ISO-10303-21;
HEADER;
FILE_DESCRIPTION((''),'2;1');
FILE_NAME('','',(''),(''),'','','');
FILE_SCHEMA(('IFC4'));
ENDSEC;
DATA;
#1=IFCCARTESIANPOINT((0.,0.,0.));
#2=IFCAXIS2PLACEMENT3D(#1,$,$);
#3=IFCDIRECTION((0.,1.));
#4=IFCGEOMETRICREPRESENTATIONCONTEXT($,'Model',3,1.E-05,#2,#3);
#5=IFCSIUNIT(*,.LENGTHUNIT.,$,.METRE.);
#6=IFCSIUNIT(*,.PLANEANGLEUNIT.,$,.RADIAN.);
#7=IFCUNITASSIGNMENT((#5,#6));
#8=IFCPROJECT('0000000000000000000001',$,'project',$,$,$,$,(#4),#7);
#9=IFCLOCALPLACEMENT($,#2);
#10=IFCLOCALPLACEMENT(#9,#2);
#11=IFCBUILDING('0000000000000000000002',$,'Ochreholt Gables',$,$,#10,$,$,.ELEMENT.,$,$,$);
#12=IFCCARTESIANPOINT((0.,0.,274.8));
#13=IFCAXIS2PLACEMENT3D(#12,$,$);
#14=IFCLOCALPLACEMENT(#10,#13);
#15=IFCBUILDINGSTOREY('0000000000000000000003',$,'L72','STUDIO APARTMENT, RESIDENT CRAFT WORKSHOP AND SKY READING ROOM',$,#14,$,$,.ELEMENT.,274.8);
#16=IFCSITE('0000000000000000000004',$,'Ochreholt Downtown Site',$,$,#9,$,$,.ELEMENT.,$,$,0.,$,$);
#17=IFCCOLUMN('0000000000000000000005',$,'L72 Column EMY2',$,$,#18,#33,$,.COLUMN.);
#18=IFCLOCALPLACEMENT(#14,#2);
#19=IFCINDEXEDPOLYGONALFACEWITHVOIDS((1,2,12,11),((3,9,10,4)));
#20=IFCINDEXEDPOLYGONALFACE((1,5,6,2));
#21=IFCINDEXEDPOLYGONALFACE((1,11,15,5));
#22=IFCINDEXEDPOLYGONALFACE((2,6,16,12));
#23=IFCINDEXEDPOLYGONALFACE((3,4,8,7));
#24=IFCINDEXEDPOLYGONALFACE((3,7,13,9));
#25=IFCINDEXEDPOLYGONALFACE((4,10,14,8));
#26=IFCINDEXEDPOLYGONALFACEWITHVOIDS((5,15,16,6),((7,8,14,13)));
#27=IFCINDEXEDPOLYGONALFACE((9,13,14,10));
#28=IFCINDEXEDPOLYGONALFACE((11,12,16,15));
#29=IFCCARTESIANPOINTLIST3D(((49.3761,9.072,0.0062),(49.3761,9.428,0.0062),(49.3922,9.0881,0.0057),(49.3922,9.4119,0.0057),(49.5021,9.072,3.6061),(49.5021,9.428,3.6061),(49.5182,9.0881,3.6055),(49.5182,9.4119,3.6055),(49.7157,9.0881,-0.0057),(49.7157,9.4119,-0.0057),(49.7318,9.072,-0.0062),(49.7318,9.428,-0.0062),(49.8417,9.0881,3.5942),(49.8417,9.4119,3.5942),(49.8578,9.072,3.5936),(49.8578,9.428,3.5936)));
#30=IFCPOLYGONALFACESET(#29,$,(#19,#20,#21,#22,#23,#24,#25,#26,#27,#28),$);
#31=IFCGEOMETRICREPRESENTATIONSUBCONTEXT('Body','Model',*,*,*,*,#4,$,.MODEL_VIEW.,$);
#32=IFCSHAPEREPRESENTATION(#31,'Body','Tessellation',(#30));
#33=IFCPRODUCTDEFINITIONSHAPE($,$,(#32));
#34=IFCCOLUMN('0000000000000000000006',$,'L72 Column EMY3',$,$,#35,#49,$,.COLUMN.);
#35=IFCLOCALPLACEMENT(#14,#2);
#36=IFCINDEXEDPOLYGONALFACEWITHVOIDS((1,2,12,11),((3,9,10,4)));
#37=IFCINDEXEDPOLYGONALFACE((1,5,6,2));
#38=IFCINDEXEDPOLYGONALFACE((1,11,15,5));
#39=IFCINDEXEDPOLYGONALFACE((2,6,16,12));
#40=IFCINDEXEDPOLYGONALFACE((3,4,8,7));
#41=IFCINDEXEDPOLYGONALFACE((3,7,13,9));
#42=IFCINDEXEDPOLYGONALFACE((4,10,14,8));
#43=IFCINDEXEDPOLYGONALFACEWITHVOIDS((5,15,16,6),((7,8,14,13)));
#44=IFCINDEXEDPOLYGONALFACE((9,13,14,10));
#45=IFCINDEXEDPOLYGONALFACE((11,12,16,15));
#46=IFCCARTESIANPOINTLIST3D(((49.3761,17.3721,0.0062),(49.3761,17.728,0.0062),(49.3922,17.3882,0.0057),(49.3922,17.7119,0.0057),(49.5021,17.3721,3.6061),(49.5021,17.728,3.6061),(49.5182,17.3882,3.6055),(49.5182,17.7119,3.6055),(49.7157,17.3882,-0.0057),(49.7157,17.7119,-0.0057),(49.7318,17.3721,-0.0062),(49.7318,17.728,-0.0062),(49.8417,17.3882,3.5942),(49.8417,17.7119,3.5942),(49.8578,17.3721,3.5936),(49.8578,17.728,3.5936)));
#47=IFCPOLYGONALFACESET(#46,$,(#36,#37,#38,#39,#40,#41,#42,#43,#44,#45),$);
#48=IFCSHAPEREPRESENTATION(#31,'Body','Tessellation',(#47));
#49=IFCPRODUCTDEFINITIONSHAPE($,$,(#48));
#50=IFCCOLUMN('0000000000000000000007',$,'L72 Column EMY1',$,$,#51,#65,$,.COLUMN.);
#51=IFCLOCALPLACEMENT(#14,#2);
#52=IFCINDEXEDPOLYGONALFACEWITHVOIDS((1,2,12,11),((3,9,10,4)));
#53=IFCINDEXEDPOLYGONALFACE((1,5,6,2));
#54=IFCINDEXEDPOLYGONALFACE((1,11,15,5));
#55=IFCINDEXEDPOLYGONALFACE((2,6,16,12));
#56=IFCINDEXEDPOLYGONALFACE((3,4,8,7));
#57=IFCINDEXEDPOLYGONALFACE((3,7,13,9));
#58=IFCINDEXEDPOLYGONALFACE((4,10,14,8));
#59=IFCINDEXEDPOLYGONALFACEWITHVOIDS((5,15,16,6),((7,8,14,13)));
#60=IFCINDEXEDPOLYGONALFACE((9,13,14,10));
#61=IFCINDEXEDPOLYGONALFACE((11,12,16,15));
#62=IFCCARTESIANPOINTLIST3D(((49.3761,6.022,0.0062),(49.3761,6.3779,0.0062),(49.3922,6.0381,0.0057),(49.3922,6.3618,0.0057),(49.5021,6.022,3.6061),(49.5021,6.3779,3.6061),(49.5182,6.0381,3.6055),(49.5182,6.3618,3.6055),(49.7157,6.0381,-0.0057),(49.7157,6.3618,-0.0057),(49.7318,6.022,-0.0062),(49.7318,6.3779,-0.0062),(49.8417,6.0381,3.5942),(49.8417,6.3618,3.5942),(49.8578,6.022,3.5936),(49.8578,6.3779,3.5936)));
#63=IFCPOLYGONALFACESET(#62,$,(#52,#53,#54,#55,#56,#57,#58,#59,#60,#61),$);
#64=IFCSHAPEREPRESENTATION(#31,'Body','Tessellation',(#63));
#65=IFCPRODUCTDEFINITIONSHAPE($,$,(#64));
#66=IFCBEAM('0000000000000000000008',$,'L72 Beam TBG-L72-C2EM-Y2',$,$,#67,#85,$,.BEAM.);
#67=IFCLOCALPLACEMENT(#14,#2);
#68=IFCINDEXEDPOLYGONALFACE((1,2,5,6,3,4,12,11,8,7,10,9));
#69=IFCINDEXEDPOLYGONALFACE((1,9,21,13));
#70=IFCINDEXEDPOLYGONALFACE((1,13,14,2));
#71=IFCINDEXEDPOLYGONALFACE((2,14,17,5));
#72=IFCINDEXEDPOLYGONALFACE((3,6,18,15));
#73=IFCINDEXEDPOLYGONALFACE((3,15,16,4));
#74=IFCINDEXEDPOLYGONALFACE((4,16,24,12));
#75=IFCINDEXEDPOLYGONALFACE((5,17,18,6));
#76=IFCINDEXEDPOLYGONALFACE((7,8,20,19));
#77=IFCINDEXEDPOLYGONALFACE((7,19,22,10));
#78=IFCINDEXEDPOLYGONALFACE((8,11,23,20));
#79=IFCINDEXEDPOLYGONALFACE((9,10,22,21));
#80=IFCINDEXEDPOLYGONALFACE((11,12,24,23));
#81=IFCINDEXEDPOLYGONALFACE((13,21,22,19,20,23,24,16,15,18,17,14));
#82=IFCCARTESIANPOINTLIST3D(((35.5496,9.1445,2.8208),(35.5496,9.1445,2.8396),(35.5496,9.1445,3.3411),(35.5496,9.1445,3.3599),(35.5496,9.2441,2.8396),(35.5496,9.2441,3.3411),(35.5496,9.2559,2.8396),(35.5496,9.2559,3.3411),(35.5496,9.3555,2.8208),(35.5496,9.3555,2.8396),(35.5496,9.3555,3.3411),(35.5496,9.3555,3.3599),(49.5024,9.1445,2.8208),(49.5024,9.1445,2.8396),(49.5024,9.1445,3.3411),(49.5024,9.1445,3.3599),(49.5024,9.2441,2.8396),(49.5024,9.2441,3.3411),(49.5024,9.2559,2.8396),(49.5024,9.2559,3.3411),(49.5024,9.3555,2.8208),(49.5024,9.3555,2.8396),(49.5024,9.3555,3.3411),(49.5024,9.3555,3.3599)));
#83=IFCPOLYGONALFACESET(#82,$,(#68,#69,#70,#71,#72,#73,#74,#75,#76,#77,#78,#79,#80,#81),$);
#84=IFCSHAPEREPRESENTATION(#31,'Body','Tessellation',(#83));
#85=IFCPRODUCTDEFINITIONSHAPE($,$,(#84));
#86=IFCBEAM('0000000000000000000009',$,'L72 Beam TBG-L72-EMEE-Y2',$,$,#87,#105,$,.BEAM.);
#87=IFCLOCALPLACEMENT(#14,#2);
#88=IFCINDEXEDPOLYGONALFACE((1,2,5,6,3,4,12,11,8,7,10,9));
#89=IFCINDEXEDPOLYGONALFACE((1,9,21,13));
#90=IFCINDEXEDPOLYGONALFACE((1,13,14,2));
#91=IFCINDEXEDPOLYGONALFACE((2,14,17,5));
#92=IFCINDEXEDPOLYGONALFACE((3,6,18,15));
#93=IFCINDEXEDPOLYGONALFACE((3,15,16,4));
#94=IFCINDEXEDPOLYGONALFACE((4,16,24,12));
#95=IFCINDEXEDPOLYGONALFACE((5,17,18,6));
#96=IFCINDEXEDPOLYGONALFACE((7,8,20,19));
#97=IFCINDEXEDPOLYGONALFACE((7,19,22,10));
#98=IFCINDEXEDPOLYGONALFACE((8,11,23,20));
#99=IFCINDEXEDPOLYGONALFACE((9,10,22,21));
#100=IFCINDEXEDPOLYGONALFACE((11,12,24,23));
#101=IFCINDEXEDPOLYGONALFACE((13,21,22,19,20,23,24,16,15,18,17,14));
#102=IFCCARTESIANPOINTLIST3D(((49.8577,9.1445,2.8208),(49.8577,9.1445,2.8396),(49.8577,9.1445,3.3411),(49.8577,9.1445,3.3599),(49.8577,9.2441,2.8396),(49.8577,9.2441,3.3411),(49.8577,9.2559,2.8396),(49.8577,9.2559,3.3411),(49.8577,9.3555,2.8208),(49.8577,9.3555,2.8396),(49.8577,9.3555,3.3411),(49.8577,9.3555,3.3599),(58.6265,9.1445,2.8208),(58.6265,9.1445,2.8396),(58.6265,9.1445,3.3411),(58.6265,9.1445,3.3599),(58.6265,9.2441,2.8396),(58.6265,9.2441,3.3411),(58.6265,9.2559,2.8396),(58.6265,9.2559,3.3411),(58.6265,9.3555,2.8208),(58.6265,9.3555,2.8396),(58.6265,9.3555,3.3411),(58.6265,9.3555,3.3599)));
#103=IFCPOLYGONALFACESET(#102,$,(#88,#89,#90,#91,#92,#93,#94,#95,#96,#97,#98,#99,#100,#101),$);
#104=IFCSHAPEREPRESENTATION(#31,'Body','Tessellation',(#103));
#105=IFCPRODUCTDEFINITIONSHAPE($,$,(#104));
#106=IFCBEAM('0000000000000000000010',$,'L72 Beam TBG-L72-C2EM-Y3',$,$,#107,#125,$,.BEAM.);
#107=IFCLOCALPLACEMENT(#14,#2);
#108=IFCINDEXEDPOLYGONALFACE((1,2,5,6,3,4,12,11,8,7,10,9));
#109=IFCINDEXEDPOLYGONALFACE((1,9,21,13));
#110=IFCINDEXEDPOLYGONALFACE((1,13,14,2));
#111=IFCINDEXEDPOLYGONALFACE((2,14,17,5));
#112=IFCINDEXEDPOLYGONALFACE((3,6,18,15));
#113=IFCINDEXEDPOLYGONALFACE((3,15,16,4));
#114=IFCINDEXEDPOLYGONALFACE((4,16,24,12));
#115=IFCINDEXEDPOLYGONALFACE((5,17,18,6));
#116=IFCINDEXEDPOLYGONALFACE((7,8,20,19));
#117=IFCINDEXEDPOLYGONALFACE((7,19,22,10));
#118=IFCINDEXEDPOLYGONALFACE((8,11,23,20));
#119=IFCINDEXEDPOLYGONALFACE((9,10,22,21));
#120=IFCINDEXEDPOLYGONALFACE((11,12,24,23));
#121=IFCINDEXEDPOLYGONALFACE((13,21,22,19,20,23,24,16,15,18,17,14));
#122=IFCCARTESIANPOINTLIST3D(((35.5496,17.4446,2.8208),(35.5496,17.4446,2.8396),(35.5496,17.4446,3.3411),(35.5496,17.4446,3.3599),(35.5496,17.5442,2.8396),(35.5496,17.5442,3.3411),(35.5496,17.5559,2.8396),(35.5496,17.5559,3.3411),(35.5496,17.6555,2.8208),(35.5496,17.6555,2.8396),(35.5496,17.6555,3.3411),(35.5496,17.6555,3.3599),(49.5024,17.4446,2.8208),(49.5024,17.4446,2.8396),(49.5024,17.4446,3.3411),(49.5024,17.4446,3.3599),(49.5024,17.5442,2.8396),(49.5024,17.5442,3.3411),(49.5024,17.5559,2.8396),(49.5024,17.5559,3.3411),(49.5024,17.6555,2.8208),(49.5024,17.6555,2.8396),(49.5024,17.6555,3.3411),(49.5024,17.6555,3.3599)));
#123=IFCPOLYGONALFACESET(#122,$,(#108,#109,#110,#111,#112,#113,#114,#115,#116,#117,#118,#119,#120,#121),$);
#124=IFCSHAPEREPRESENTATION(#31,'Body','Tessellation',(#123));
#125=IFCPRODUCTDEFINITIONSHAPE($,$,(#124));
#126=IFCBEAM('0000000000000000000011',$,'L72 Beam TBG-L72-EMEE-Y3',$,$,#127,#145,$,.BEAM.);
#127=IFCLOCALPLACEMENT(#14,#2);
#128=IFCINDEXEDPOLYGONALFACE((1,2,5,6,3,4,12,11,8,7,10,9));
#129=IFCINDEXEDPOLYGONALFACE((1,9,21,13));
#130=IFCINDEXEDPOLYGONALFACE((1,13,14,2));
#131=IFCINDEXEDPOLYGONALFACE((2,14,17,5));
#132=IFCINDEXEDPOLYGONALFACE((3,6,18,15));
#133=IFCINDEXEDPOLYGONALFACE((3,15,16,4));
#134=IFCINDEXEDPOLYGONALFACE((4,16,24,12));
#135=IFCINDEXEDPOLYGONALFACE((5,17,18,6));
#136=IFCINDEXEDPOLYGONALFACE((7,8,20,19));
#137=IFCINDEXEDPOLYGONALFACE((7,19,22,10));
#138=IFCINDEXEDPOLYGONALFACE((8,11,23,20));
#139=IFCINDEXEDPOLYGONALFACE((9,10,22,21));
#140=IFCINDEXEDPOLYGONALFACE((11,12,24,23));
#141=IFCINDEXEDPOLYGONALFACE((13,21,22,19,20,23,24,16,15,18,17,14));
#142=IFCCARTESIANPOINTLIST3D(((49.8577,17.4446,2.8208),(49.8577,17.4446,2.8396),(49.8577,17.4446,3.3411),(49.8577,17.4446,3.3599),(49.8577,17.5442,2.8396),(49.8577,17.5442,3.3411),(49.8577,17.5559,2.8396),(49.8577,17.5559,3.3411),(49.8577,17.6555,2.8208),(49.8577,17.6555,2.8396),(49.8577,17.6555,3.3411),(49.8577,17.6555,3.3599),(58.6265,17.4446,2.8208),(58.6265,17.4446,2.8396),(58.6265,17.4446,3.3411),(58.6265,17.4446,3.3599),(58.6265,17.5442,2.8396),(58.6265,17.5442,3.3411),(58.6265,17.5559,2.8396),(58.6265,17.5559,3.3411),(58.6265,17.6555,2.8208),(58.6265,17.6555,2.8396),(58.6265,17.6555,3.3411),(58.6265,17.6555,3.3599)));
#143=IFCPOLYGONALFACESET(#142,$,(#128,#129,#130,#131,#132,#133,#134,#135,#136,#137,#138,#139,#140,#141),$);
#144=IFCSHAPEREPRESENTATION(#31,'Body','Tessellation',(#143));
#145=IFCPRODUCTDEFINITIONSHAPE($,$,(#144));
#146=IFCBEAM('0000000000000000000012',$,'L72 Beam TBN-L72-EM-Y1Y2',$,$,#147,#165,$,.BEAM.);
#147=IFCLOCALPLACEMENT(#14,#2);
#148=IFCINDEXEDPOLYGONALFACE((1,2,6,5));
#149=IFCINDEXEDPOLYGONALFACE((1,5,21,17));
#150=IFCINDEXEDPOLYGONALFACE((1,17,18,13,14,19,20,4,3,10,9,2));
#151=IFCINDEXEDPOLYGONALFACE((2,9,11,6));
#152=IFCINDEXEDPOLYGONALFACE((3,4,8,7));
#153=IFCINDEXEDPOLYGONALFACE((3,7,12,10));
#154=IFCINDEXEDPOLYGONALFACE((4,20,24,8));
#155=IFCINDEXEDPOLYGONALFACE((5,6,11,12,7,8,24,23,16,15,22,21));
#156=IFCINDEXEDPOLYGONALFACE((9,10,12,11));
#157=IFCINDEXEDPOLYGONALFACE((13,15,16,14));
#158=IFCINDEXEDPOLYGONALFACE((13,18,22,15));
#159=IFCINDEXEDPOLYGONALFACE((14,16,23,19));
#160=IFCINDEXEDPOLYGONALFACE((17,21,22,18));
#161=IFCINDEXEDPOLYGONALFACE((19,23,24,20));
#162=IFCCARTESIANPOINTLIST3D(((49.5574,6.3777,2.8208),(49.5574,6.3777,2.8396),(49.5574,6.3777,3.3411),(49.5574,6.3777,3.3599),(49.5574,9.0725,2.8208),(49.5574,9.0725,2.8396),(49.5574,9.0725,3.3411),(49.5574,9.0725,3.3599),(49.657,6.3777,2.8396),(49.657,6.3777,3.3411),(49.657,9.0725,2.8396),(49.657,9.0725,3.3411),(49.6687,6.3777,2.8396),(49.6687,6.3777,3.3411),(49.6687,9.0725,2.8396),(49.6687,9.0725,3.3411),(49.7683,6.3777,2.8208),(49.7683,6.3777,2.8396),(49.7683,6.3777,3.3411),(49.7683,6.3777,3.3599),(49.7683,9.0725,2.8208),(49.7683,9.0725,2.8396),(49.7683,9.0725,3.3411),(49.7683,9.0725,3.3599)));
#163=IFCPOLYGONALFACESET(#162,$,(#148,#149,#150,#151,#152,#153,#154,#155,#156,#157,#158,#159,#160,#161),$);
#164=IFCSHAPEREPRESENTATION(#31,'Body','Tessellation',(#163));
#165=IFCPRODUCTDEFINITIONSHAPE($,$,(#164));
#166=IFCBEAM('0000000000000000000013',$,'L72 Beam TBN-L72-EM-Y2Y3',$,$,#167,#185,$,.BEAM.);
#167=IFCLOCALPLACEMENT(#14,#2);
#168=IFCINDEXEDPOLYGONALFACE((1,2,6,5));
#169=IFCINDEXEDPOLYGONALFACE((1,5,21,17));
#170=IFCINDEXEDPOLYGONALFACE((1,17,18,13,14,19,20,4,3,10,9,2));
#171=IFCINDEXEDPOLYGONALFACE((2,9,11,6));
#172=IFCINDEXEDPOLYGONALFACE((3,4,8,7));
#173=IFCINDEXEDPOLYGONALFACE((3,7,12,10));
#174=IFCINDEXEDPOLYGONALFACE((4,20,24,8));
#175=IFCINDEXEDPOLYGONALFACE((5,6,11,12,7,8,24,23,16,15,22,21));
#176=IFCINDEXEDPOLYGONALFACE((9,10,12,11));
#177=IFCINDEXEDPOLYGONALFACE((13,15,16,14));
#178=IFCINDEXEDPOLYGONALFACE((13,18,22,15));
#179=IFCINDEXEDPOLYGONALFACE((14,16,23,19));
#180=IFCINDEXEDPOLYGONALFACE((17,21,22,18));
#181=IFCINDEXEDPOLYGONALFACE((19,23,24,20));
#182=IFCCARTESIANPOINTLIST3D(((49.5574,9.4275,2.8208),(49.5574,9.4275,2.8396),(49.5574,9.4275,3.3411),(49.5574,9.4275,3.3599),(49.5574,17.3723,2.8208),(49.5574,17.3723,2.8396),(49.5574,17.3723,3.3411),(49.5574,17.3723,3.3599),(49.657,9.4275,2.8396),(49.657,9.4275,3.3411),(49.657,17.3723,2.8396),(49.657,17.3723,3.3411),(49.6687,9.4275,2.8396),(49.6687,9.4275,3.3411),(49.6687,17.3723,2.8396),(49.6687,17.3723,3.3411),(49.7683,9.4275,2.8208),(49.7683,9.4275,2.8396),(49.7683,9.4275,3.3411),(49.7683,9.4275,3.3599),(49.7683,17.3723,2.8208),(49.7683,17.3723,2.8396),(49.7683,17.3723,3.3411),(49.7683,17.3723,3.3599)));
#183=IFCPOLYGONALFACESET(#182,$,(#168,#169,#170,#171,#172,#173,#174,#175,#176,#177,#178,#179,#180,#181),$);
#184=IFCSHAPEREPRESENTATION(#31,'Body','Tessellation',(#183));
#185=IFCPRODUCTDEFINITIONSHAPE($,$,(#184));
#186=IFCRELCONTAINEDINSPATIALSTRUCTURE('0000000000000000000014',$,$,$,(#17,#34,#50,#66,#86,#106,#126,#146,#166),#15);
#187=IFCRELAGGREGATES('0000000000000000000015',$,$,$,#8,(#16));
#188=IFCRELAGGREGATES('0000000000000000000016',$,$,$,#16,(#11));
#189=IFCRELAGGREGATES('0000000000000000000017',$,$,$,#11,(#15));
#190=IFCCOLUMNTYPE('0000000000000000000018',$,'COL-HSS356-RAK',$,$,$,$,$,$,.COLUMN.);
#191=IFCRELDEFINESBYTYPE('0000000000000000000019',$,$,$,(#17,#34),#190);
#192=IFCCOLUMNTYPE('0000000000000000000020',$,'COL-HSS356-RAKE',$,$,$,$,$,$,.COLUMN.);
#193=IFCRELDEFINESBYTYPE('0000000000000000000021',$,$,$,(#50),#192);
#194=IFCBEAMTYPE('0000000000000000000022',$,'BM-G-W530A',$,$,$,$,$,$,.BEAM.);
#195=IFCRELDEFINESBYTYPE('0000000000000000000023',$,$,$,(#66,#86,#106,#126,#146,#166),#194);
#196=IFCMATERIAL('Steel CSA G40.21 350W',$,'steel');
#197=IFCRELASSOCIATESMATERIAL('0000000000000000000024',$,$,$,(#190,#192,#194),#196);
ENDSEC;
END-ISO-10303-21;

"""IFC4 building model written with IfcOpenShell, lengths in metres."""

from ifc_helpers import new_model, si_unit, direction, frame, origin, origin_2d, place, context, subcontext, project, spatial, hollow_rectangle, i_section, extrude, material, material_profile, profile_set, type_object, element, save


model = new_model("IFC4")

# Units and contexts
model_context = context("Model", 3, precision=1e-05, world=origin(), true_north=direction((0.0, 1.0)))
body_context = subcontext(model_context, "Body", "Model", "MODEL_VIEW")
ifc_project = project(units=[si_unit("LENGTHUNIT", "METRE"), si_unit("PLANEANGLEUNIT", "RADIAN")], contexts=[model_context])

# Site, building, storey
site_placement = place(None, origin())
site = spatial("IfcSite", under=ifc_project, at=site_placement, Name="Ochreholt Downtown Site", CompositionType="ELEMENT", RefElevation=0.0)
building_placement = place(site_placement, origin())
building = spatial("IfcBuilding", under=site, at=building_placement, Name="Ochreholt Gables", CompositionType="ELEMENT")
storey_placement = place(building_placement, frame((0.0, 0.0, 274.8)))
storey = spatial("IfcBuildingStorey", under=building, at=storey_placement, Name="L72", Description="STUDIO APARTMENT, RESIDENT CRAFT WORKSHOP AND SKY READING ROOM", CompositionType="ELEMENT", Elevation=274.8)

# Columns
ifc_material_1 = material(Name="Steel CSA G40.21 350W", Category="steel")
ifc_material_profile_1 = material_profile(ifc_material_1, hollow_rectangle(XDim=0.356, YDim=0.356, WallThickness=0.0161, at=origin_2d()), Name="HSS356X356X16")
ifc_profile_set_1 = profile_set([ifc_material_profile_1], Name="Steel CSA G40.21 350W")
column_type_1 = type_object("IfcColumnType", Name="COL-HSS356-RAK", PredefinedType="COLUMN", material=ifc_profile_set_1)
for number, where, z_axis, x_axis, name in (
    (1, (49.554, 9.25, 0.0), (0.034974, 0.0, 0.999388), (0.0, 1.0, 0.0), "L72 Column EMY2"),
    (2, (49.554, 17.55, 0.0), (0.034974, 0.0, 0.999388), (0.0, 1.0, 0.0), "L72 Column EMY3"),
):
    element("IfcColumn", number, at=place(storey_placement, frame(where, z_axis=z_axis, x_axis=x_axis)), inside=storey, type_object=column_type_1, Name=name, PredefinedType="COLUMN", context=body_context, shape_type="SweptSolid", body=[
        extrude(hollow_rectangle(XDim=0.356, YDim=0.356, WallThickness=0.0161, at=origin_2d()), origin(), (0.0, 0.0, 1.0), 3.6021),
    ])
ifc_material_profile_2 = material_profile(ifc_material_1, hollow_rectangle(XDim=0.356, YDim=0.356, WallThickness=0.0161, at=origin_2d()), Name="HSS356X356X16")
ifc_profile_set_2 = profile_set([ifc_material_profile_2], Name="Steel CSA G40.21 350W")
column_type_2 = type_object("IfcColumnType", Name="COL-HSS356-RAKE", PredefinedType="COLUMN", material=ifc_profile_set_2)
column_placement = place(storey_placement, frame((49.554, 6.2, 0.0), z_axis=(0.034974, 0.0, 0.999388), x_axis=(0.0, 1.0, 0.0)))
element("IfcColumn", 3, at=column_placement, inside=storey, type_object=column_type_2, Name="L72 Column EMY1", PredefinedType="COLUMN", context=body_context, shape_type="SweptSolid", body=[
    extrude(hollow_rectangle(XDim=0.356, YDim=0.356, WallThickness=0.0161, at=origin_2d()), origin(), (0.0, 0.0, 1.0), 3.6021),
])

# Beams
ifc_material_profile_3 = material_profile(ifc_material_1, i_section(OverallWidth=0.2109, OverallDepth=0.5391, WebThickness=0.0117, FlangeThickness=0.0188, at=origin_2d()), Name="W530X109")
ifc_profile_set_3 = profile_set([ifc_material_profile_3], Name="Steel CSA G40.21 350W")
beam_type_1 = type_object("IfcBeamType", Name="BM-G-W530A", PredefinedType="BEAM", material=ifc_profile_set_3)
beam_1_placement = place(storey_placement, frame((35.5496, 9.25, 3.0903), z_axis=(1.0, 0.0, 0.0), x_axis=(0.0, 1.0, 0.0)))
element("IfcBeam", 4, at=beam_1_placement, inside=storey, type_object=beam_type_1, Name="L72 Beam TBG-L72-C2EM-Y2", PredefinedType="BEAM", context=body_context, shape_type="SweptSolid", body=[
    extrude(i_section(OverallWidth=0.2109, OverallDepth=0.5391, WebThickness=0.0117, FlangeThickness=0.0188, at=origin_2d()), origin(), (0.0, 0.0, 1.0), 13.9529),
])
beam_2_placement = place(storey_placement, frame((49.8577, 9.25, 3.0903), z_axis=(1.0, 0.0, 0.0), x_axis=(0.0, 1.0, 0.0)))
element("IfcBeam", 5, at=beam_2_placement, inside=storey, type_object=beam_type_1, Name="L72 Beam TBG-L72-EMEE-Y2", PredefinedType="BEAM", context=body_context, shape_type="SweptSolid", body=[
    extrude(i_section(OverallWidth=0.2109, OverallDepth=0.5391, WebThickness=0.0117, FlangeThickness=0.0188, at=origin_2d()), origin(), (0.0, 0.0, 1.0), 8.7688),
])
beam_3_placement = place(storey_placement, frame((35.5496, 17.55, 3.0903), z_axis=(1.0, 0.0, 0.0), x_axis=(0.0, 1.0, 0.0)))
element("IfcBeam", 6, at=beam_3_placement, inside=storey, type_object=beam_type_1, Name="L72 Beam TBG-L72-C2EM-Y3", PredefinedType="BEAM", context=body_context, shape_type="SweptSolid", body=[
    extrude(i_section(OverallWidth=0.2109, OverallDepth=0.5391, WebThickness=0.0117, FlangeThickness=0.0188, at=origin_2d()), origin(), (0.0, 0.0, 1.0), 13.9529),
])
beam_4_placement = place(storey_placement, frame((49.8577, 17.55, 3.0903), z_axis=(1.0, 0.0, 0.0), x_axis=(0.0, 1.0, 0.0)))
element("IfcBeam", 7, at=beam_4_placement, inside=storey, type_object=beam_type_1, Name="L72 Beam TBG-L72-EMEE-Y3", PredefinedType="BEAM", context=body_context, shape_type="SweptSolid", body=[
    extrude(i_section(OverallWidth=0.2109, OverallDepth=0.5391, WebThickness=0.0117, FlangeThickness=0.0188, at=origin_2d()), origin(), (0.0, 0.0, 1.0), 8.7688),
])
beam_5_placement = place(storey_placement, frame((49.6628, 6.3777, 3.0903), z_axis=(0.0, 1.0, 0.0), x_axis=(-1.0, 0.0, 0.0)))
element("IfcBeam", 8, at=beam_5_placement, inside=storey, type_object=beam_type_1, Name="L72 Beam TBN-L72-EM-Y1Y2", PredefinedType="BEAM", context=body_context, shape_type="SweptSolid", body=[
    extrude(i_section(OverallWidth=0.2109, OverallDepth=0.5391, WebThickness=0.0117, FlangeThickness=0.0188, at=origin_2d()), origin(), (0.0, 0.0, 1.0), 2.6948),
])
beam_6_placement = place(storey_placement, frame((49.6628, 9.4275, 3.0903), z_axis=(0.0, 1.0, 0.0), x_axis=(-1.0, 0.0, 0.0)))
element("IfcBeam", 9, at=beam_6_placement, inside=storey, type_object=beam_type_1, Name="L72 Beam TBN-L72-EM-Y2Y3", PredefinedType="BEAM", context=body_context, shape_type="SweptSolid", body=[
    extrude(i_section(OverallWidth=0.2109, OverallDepth=0.5391, WebThickness=0.0117, FlangeThickness=0.0188, at=origin_2d()), origin(), (0.0, 0.0, 1.0), 7.9448),
])

save(model, "model.ifc")
